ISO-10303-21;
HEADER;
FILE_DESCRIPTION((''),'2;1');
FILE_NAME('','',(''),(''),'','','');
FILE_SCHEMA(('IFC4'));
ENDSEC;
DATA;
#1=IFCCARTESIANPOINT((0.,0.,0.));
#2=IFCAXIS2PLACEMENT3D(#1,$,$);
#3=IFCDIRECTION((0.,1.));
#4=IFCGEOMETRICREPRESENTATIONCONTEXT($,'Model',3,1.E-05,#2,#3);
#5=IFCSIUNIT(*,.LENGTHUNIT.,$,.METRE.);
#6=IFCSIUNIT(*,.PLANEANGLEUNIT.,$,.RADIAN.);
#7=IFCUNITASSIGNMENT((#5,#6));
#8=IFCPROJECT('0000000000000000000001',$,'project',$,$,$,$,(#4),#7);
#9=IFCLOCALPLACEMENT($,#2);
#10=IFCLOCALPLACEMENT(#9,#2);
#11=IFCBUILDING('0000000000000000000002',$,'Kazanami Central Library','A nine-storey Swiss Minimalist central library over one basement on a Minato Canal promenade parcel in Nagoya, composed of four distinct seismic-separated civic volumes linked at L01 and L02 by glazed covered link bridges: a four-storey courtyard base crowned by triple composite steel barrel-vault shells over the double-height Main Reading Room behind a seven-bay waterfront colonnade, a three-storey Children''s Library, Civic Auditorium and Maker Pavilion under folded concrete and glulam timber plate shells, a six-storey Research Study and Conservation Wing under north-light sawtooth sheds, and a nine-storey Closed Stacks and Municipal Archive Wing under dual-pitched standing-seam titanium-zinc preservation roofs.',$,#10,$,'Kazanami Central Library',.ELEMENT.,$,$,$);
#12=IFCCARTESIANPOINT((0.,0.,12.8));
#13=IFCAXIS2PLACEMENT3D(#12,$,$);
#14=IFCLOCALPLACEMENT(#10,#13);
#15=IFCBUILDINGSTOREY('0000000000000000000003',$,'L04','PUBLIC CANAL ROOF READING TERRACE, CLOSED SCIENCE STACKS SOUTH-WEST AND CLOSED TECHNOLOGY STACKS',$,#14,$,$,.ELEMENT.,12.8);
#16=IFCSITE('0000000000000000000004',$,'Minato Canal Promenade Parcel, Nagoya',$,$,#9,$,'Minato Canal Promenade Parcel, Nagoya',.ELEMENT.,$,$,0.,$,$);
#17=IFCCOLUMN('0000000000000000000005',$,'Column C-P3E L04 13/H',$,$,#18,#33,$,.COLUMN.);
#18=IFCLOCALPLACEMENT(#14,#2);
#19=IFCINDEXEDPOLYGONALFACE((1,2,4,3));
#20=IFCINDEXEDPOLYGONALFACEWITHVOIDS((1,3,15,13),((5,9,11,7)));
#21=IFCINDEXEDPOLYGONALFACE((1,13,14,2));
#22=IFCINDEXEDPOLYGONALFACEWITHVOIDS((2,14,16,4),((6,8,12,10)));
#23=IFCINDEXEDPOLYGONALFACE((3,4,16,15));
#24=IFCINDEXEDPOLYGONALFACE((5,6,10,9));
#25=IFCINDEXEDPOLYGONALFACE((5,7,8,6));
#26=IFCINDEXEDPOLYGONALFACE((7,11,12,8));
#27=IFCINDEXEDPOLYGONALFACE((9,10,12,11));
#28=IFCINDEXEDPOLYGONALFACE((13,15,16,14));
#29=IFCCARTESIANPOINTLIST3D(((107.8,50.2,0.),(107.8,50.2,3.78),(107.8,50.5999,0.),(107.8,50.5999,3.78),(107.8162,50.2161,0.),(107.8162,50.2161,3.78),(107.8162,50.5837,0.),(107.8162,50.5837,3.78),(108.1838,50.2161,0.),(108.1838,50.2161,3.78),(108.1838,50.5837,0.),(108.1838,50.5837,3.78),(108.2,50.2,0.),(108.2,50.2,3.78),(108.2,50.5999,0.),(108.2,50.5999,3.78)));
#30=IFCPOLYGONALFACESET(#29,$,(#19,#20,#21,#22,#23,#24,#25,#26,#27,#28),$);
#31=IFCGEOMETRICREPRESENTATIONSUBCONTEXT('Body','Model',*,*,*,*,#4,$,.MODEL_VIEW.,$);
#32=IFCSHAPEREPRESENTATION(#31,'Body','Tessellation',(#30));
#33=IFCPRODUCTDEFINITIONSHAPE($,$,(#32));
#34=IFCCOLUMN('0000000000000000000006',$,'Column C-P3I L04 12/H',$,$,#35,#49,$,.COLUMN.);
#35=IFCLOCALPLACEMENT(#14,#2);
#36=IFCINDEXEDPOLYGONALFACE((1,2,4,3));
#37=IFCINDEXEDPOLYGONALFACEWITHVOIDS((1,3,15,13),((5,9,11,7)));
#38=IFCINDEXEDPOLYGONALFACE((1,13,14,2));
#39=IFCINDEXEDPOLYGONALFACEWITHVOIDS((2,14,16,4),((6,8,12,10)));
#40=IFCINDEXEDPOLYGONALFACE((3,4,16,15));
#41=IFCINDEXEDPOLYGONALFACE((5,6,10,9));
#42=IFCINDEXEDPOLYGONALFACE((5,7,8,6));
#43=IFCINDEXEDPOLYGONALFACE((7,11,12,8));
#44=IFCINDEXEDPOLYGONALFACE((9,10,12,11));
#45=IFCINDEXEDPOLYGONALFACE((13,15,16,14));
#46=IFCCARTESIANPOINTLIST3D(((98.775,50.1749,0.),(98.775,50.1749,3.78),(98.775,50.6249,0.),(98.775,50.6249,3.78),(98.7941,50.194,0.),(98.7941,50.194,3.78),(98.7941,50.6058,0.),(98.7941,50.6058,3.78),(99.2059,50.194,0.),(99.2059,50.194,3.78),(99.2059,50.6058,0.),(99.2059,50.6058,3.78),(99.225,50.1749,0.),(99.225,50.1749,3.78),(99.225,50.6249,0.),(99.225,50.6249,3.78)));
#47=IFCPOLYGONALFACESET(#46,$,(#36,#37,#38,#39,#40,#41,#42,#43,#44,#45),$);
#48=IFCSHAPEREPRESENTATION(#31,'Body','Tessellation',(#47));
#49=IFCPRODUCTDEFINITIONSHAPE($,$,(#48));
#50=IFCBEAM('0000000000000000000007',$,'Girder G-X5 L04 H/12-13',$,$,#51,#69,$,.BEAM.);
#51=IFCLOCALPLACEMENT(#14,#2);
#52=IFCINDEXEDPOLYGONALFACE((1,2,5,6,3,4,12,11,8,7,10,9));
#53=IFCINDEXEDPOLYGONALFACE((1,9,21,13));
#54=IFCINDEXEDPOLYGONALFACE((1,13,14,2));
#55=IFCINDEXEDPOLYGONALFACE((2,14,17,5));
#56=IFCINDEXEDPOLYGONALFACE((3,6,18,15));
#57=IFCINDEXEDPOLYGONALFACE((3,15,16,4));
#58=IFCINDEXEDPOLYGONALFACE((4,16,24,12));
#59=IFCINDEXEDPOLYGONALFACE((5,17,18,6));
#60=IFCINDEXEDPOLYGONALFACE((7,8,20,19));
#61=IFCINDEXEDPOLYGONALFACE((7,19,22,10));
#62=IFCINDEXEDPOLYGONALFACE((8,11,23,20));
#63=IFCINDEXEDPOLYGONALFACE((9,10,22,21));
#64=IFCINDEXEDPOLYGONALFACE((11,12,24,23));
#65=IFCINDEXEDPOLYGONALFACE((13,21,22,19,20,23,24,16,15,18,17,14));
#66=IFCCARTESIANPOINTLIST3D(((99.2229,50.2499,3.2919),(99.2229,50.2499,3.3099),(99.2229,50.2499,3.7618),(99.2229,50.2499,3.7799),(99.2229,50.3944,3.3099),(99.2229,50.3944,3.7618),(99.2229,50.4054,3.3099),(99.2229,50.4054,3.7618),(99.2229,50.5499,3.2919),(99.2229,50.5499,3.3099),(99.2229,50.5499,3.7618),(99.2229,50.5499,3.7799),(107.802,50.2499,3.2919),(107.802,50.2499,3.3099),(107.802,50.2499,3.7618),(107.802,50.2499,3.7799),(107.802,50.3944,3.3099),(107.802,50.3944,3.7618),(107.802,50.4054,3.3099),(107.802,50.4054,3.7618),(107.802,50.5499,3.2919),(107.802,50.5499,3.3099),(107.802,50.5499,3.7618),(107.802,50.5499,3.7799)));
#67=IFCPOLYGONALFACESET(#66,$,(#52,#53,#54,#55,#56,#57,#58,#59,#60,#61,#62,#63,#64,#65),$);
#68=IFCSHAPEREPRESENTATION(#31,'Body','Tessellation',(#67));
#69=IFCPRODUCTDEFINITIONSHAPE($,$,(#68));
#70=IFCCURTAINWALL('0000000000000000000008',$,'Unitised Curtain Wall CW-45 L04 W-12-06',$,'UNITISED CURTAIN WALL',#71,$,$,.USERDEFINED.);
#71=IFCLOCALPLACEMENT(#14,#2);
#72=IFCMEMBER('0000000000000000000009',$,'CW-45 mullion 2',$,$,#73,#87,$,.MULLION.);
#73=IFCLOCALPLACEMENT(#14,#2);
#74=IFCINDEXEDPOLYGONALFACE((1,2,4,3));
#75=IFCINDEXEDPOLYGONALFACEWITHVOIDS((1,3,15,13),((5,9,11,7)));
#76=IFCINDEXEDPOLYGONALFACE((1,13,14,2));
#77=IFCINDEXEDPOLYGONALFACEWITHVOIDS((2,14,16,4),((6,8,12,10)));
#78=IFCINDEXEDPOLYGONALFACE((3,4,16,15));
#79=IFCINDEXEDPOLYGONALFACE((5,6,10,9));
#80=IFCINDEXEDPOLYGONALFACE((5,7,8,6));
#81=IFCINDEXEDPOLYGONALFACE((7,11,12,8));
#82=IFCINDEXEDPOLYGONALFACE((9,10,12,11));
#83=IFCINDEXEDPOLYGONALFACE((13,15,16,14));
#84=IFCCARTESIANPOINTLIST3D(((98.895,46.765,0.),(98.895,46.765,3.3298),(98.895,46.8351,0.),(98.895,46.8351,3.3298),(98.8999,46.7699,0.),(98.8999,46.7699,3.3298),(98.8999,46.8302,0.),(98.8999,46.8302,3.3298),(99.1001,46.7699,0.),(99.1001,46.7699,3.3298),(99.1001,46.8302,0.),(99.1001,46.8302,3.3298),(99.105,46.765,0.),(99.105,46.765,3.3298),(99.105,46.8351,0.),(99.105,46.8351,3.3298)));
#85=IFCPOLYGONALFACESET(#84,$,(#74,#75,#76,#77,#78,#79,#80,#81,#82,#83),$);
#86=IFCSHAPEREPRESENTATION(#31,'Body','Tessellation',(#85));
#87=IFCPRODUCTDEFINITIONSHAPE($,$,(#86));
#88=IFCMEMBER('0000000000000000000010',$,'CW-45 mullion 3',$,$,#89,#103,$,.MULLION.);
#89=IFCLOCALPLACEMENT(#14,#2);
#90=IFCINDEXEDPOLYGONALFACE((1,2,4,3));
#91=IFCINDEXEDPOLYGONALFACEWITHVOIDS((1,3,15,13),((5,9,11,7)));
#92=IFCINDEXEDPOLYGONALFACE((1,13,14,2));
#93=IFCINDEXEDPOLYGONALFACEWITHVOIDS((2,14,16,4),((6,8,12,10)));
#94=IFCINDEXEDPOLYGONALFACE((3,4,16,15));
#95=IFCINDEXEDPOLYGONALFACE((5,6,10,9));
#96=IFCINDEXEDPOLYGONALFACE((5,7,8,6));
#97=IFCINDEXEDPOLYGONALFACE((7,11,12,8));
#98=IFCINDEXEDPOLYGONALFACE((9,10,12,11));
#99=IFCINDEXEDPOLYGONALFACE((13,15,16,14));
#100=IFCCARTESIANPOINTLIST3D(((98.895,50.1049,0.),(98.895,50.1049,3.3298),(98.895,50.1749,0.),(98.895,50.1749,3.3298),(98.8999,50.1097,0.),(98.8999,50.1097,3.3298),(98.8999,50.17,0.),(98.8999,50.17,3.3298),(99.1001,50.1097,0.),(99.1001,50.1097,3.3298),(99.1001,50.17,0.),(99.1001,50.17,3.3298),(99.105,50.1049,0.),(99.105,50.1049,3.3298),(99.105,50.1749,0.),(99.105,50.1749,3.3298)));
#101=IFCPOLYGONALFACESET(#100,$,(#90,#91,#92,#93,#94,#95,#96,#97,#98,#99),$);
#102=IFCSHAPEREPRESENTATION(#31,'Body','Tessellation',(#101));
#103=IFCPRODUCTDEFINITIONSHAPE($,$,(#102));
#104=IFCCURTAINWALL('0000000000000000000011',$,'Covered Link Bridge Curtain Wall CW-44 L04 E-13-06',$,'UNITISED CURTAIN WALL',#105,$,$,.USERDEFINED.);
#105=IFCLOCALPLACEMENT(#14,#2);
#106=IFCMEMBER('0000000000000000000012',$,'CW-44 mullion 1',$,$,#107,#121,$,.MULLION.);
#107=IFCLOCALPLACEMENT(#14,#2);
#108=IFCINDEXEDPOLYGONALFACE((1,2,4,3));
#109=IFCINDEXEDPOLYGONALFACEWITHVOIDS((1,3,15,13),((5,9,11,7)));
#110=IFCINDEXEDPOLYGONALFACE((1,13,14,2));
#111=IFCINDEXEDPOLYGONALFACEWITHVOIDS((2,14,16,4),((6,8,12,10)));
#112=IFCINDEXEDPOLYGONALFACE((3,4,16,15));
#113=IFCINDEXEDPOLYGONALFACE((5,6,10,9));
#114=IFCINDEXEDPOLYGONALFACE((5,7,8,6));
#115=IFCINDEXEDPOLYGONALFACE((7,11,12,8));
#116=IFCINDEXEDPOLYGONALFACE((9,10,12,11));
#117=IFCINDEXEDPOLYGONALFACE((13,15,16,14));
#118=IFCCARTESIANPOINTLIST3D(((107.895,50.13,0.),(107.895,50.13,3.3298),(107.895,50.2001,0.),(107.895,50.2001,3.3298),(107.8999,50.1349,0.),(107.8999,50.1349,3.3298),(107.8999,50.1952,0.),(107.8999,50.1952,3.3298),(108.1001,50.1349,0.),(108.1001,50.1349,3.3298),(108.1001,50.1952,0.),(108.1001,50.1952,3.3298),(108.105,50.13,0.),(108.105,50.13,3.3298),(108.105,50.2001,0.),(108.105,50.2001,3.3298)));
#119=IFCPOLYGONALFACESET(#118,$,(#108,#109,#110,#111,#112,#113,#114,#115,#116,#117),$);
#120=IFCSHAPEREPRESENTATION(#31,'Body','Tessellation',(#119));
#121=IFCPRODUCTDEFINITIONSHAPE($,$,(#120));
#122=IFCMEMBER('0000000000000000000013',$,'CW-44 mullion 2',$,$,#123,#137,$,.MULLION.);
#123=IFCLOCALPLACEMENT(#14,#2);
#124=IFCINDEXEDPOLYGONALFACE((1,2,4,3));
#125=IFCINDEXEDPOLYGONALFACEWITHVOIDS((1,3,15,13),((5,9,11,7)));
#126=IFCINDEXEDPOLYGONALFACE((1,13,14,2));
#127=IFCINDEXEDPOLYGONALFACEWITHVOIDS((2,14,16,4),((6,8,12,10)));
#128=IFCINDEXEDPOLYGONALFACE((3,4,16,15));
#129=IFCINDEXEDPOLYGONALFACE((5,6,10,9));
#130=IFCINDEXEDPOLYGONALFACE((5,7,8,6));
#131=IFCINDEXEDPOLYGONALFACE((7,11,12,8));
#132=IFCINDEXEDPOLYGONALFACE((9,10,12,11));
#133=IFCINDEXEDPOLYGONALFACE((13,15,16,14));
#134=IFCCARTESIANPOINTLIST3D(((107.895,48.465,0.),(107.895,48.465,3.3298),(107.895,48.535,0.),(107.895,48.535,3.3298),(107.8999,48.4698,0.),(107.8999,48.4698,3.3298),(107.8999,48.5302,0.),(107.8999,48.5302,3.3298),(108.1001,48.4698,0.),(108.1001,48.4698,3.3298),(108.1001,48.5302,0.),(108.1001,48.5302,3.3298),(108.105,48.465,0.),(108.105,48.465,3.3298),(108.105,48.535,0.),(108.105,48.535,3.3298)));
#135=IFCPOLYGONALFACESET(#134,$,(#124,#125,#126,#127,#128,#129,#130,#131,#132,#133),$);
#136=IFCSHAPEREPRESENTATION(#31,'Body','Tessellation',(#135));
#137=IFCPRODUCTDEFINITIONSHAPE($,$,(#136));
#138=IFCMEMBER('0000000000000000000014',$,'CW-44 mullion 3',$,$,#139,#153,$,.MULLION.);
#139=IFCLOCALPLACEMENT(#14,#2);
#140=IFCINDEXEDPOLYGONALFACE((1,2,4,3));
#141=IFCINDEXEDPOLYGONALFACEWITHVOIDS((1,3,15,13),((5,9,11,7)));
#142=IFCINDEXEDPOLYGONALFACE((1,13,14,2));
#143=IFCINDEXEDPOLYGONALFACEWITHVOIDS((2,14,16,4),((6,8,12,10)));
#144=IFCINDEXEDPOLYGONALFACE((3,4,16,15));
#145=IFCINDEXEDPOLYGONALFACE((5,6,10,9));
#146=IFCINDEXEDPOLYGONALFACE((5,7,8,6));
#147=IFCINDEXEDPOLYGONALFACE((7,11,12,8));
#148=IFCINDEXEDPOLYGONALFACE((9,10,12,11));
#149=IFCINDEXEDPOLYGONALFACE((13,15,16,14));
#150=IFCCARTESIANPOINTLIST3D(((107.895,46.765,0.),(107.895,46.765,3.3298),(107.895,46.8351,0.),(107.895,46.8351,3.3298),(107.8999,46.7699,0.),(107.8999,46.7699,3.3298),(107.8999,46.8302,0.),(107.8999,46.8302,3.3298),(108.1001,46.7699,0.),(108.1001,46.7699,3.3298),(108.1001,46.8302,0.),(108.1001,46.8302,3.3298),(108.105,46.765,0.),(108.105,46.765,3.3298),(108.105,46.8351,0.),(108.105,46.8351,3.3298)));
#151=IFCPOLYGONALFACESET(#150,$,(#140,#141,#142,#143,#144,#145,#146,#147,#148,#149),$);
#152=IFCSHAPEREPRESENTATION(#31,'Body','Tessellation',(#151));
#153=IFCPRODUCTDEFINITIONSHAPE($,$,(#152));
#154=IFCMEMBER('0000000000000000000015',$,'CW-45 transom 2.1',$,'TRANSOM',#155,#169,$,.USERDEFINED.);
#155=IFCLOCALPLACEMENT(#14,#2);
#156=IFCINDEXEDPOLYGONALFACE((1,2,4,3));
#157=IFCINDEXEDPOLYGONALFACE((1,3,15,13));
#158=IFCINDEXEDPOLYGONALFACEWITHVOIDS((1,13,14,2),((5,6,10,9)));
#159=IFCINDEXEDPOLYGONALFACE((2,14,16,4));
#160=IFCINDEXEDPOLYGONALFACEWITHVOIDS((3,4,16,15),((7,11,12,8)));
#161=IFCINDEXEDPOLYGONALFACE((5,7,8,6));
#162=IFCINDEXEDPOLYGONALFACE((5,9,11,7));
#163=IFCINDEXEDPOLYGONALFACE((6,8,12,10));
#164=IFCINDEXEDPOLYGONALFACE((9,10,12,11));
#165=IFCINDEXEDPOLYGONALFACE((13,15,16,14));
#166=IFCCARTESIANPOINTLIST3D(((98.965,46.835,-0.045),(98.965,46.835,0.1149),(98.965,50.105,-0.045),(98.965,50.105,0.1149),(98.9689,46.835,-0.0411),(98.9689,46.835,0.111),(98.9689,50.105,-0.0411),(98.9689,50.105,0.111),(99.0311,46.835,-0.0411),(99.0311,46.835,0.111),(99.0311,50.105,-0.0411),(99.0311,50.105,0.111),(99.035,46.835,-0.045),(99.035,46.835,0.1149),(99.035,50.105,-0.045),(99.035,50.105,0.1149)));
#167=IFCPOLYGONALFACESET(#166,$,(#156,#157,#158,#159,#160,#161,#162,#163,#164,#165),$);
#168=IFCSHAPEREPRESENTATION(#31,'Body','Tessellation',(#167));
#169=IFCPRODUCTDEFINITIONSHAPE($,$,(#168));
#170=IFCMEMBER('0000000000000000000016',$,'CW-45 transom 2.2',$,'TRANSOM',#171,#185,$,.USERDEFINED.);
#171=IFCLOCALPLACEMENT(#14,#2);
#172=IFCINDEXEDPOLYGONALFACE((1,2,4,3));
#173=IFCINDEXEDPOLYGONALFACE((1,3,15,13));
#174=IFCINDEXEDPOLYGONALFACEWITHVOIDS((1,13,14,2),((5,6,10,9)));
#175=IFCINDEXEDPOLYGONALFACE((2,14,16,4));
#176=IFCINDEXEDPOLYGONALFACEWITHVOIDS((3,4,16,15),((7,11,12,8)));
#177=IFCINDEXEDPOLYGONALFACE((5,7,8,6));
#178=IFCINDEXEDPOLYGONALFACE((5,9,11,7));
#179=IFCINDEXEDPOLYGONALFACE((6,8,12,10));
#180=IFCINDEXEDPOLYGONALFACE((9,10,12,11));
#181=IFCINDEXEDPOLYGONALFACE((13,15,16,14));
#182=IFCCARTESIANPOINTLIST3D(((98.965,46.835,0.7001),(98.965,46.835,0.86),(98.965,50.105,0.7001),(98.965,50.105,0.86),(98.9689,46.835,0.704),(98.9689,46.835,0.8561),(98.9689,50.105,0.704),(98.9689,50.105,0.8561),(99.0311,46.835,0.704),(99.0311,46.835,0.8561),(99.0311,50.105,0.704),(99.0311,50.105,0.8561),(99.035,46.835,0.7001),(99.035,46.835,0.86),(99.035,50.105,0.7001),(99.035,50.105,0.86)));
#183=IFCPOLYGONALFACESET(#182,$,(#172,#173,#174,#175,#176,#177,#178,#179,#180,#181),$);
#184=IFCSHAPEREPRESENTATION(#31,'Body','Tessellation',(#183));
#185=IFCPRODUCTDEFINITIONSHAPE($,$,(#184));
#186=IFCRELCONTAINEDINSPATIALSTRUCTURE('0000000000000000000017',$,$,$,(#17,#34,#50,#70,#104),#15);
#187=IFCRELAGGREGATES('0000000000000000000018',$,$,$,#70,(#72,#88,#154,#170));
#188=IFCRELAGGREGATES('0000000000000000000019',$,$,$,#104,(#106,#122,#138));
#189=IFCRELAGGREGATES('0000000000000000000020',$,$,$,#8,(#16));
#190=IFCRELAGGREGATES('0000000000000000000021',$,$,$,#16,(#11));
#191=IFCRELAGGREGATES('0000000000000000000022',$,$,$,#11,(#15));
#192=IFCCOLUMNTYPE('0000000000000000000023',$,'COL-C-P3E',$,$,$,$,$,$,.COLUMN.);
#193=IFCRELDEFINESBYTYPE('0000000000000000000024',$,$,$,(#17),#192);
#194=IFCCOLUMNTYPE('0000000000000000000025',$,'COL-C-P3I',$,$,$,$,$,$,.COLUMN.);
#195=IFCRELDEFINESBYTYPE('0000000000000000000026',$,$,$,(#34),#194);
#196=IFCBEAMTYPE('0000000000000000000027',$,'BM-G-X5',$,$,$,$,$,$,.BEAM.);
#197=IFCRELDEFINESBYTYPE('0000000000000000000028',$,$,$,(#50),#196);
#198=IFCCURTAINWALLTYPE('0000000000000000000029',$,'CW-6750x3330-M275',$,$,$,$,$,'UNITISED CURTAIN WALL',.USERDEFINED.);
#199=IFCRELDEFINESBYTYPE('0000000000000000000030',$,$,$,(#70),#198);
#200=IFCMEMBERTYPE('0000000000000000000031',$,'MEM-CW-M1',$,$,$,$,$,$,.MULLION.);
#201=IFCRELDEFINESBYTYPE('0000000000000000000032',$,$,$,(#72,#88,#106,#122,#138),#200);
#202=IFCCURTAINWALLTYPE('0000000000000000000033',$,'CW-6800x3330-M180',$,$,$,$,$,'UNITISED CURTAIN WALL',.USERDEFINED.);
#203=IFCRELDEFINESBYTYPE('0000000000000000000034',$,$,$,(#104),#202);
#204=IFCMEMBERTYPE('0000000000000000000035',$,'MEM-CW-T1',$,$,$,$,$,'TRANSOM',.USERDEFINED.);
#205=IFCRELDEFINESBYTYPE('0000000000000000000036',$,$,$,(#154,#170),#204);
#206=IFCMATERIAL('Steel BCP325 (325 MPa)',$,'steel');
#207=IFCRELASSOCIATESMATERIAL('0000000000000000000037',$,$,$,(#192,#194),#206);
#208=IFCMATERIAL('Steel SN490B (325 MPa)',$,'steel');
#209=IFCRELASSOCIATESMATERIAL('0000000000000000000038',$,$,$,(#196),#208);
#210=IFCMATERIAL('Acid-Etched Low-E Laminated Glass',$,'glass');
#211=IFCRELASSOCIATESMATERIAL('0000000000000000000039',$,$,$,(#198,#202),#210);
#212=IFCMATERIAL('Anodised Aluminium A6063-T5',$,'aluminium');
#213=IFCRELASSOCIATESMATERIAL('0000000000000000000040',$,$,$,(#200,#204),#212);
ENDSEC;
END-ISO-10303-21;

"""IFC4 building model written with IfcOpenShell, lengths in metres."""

from ifc_helpers import new_model, si_unit, direction, frame, origin, origin_2d, place, context, subcontext, project, spatial, hollow_rectangle, i_section, extrude, material, material_profile, profile_set, type_object, element, aggregate, save


model = new_model("IFC4")

# Units and contexts
model_context = context("Model", 3, precision=1e-05, world=origin(), true_north=direction((0.0, 1.0)))
body_context = subcontext(model_context, "Body", "Model", "MODEL_VIEW")
ifc_project = project(units=[si_unit("LENGTHUNIT", "METRE"), si_unit("PLANEANGLEUNIT", "RADIAN")], contexts=[model_context])

# Site, building, storey
site_placement = place(None, origin())
site = spatial("IfcSite", under=ifc_project, at=site_placement, Name="Minato Canal Promenade Parcel, Nagoya", LongName="Minato Canal Promenade Parcel, Nagoya", CompositionType="ELEMENT", RefElevation=0.0)
building_placement = place(site_placement, origin())
building = spatial("IfcBuilding", under=site, at=building_placement, Name="Kazanami Central Library", Description="A nine-storey Swiss Minimalist central library over one basement on a Minato Canal promenade parcel in Nagoya, composed of four distinct seismic-separated civic volumes linked at L01 and L02 by glazed covered link bridges: a four-storey courtyard base crowned by triple composite steel barrel-vault shells over the double-height Main Reading Room behind a seven-bay waterfront colonnade, a three-storey Children's Library, Civic Auditorium and Maker Pavilion under folded concrete and glulam timber plate shells, a six-storey Research Study and Conservation Wing under north-light sawtooth sheds, and a nine-storey Closed Stacks and Municipal Archive Wing under dual-pitched standing-seam titanium-zinc preservation roofs.", LongName="Kazanami Central Library", CompositionType="ELEMENT")
storey_placement = place(building_placement, frame((0.0, 0.0, 12.8)))
storey = spatial("IfcBuildingStorey", under=building, at=storey_placement, Name="L04", Description="PUBLIC CANAL ROOF READING TERRACE, CLOSED SCIENCE STACKS SOUTH-WEST AND CLOSED TECHNOLOGY STACKS", CompositionType="ELEMENT", Elevation=12.8)

# Columns
ifc_material_1 = material(Name="Steel BCP325 (325 MPa)", Category="steel")
ifc_material_profile_1 = material_profile(ifc_material_1, hollow_rectangle(XDim=0.3999, YDim=0.3999, WallThickness=0.0161, at=origin_2d()), Name="BCP-400x400x16")
ifc_profile_set_1 = profile_set([ifc_material_profile_1], Name="Steel BCP325 (325 MPa)")
column_type_1 = type_object("IfcColumnType", Name="COL-C-P3E", PredefinedType="COLUMN", material=ifc_profile_set_1)
column_1_placement = place(storey_placement, frame((108.0, 50.3999, 0.0), z_axis=(0.0, 0.0, 1.0), x_axis=(1.0, 0.0, 0.0)))
element("IfcColumn", 1, at=column_1_placement, inside=storey, type_object=column_type_1, Name="Column C-P3E L04 13/H", PredefinedType="COLUMN", context=body_context, shape_type="SweptSolid", body=[
    extrude(hollow_rectangle(XDim=0.3999, YDim=0.3999, WallThickness=0.0161, at=origin_2d()), origin(), (0.0, 0.0, 1.0), 3.78),
])
ifc_material_profile_2 = material_profile(ifc_material_1, hollow_rectangle(XDim=0.45, YDim=0.45, WallThickness=0.019, at=origin_2d()), Name="BCP-450x450x19")
ifc_profile_set_2 = profile_set([ifc_material_profile_2], Name="Steel BCP325 (325 MPa)")
column_type_2 = type_object("IfcColumnType", Name="COL-C-P3I", PredefinedType="COLUMN", material=ifc_profile_set_2)
column_2_placement = place(storey_placement, frame((99.0, 50.3999, 0.0), z_axis=(0.0, 0.0, 1.0), x_axis=(1.0, 0.0, 0.0)))
element("IfcColumn", 2, at=column_2_placement, inside=storey, type_object=column_type_2, Name="Column C-P3I L04 12/H", PredefinedType="COLUMN", context=body_context, shape_type="SweptSolid", body=[
    extrude(hollow_rectangle(XDim=0.45, YDim=0.45, WallThickness=0.019, at=origin_2d()), origin(), (0.0, 0.0, 1.0), 3.78),
])

# Beam
ifc_material_2 = material(Name="Steel SN490B (325 MPa)", Category="steel")
ifc_material_profile_3 = material_profile(ifc_material_2, i_section(OverallWidth=0.3, OverallDepth=0.488, WebThickness=0.011, FlangeThickness=0.0181, at=origin_2d()), Name="H-488x300x11x18")
ifc_profile_set_3 = profile_set([ifc_material_profile_3], Name="Steel SN490B (325 MPa)")
beam_type = type_object("IfcBeamType", Name="BM-G-X5", PredefinedType="BEAM", material=ifc_profile_set_3)
beam_placement = place(storey_placement, frame((99.2229, 50.3999, 3.5359), z_axis=(1.0, 0.0, 0.0), x_axis=(0.0, 1.0, 0.0)))
element("IfcBeam", 3, at=beam_placement, inside=storey, type_object=beam_type, Name="Girder G-X5 L04 H/12-13", PredefinedType="BEAM", context=body_context, shape_type="SweptSolid", body=[
    extrude(i_section(OverallWidth=0.3, OverallDepth=0.488, WebThickness=0.011, FlangeThickness=0.0181, at=origin_2d()), origin(), (0.0, 0.0, 1.0), 8.5791),
])

# Curtain walls, members
ifc_material_3 = material(Name="Acid-Etched Low-E Laminated Glass", Category="glass")
curtain_wall_type_1 = type_object("IfcCurtainWallType", Name="CW-6750x3330-M275", ElementType="UNITISED CURTAIN WALL", PredefinedType="USERDEFINED", material=ifc_material_3)
curtain_wall_1_placement = place(storey_placement, origin())
curtain_wall_1 = element("IfcCurtainWall", 4, at=curtain_wall_1_placement, inside=storey, type_object=curtain_wall_type_1, Name="Unitised Curtain Wall CW-45 L04 W-12-06", ObjectType="UNITISED CURTAIN WALL", PredefinedType="USERDEFINED")
ifc_material_4 = material(Name="Anodised Aluminium A6063-T5", Category="aluminium")
ifc_material_profile_4 = material_profile(ifc_material_4, hollow_rectangle(XDim=0.0701, YDim=0.21, WallThickness=0.0049, at=origin_2d()), Name="ALU-MULL-70x210x5")
ifc_profile_set_4 = profile_set([ifc_material_profile_4], Name="Anodised Aluminium A6063-T5")
member_type_1 = type_object("IfcMemberType", Name="MEM-CW-M1", PredefinedType="MULLION", material=ifc_profile_set_4)
member_1_placement = place(storey_placement, frame((99.0, 46.8, 0.0), z_axis=(0.0, 0.0, 1.0), x_axis=(0.0, 1.0, 0.0)))
member_1 = element("IfcMember", 5, at=member_1_placement, type_object=member_type_1, Name="CW-45 mullion 2", PredefinedType="MULLION", context=body_context, shape_type="SweptSolid", body=[
    extrude(hollow_rectangle(XDim=0.0701, YDim=0.21, WallThickness=0.0049, at=origin_2d()), origin(), (0.0, 0.0, 1.0), 3.3298),
])
member_2_placement = place(storey_placement, frame((99.0, 50.1399, 0.0), z_axis=(0.0, 0.0, 1.0), x_axis=(0.0, 1.0, 0.0)))
member_2 = element("IfcMember", 6, at=member_2_placement, type_object=member_type_1, Name="CW-45 mullion 3", PredefinedType="MULLION", context=body_context, shape_type="SweptSolid", body=[
    extrude(hollow_rectangle(XDim=0.0701, YDim=0.21, WallThickness=0.0049, at=origin_2d()), origin(), (0.0, 0.0, 1.0), 3.3298),
])
curtain_wall_type_2 = type_object("IfcCurtainWallType", Name="CW-6800x3330-M180", ElementType="UNITISED CURTAIN WALL", PredefinedType="USERDEFINED", material=ifc_material_3)
curtain_wall_2_placement = place(storey_placement, origin())
curtain_wall_2 = element("IfcCurtainWall", 7, at=curtain_wall_2_placement, inside=storey, type_object=curtain_wall_type_2, Name="Covered Link Bridge Curtain Wall CW-44 L04 E-13-06", ObjectType="UNITISED CURTAIN WALL", PredefinedType="USERDEFINED")
member_3_placement = place(storey_placement, frame((108.0, 50.165, 0.0), z_axis=(0.0, 0.0, 1.0), x_axis=(0.0, -1.0, 0.0)))
member_3 = element("IfcMember", 8, at=member_3_placement, type_object=member_type_1, Name="CW-44 mullion 1", PredefinedType="MULLION", context=body_context, shape_type="SweptSolid", body=[
    extrude(hollow_rectangle(XDim=0.0701, YDim=0.21, WallThickness=0.0049, at=origin_2d()), origin(), (0.0, 0.0, 1.0), 3.3298),
])
member_4_placement = place(storey_placement, frame((108.0, 48.5, 0.0), z_axis=(0.0, 0.0, 1.0), x_axis=(0.0, -1.0, 0.0)))
member_4 = element("IfcMember", 9, at=member_4_placement, type_object=member_type_1, Name="CW-44 mullion 2", PredefinedType="MULLION", context=body_context, shape_type="SweptSolid", body=[
    extrude(hollow_rectangle(XDim=0.0701, YDim=0.21, WallThickness=0.0049, at=origin_2d()), origin(), (0.0, 0.0, 1.0), 3.3298),
])
member_5_placement = place(storey_placement, frame((108.0, 46.8, 0.0), z_axis=(0.0, 0.0, 1.0), x_axis=(0.0, -1.0, 0.0)))
member_5 = element("IfcMember", 10, at=member_5_placement, type_object=member_type_1, Name="CW-44 mullion 3", PredefinedType="MULLION", context=body_context, shape_type="SweptSolid", body=[
    extrude(hollow_rectangle(XDim=0.0701, YDim=0.21, WallThickness=0.0049, at=origin_2d()), origin(), (0.0, 0.0, 1.0), 3.3298),
])

# Members
ifc_material_profile_5 = material_profile(ifc_material_4, hollow_rectangle(XDim=0.0701, YDim=0.1599, WallThickness=0.0039, at=origin_2d()), Name="ALU-TRAN-70x160x4")
ifc_profile_set_5 = profile_set([ifc_material_profile_5], Name="Anodised Aluminium A6063-T5")
member_type_2 = type_object("IfcMemberType", Name="MEM-CW-T1", ElementType="TRANSOM", PredefinedType="USERDEFINED", material=ifc_profile_set_5)
member_6_placement = place(storey_placement, frame((99.0, 46.835, 0.0349), z_axis=(0.0, 1.0, 0.0), x_axis=(-1.0, 0.0, 0.0)))
member_6 = element("IfcMember", 11, at=member_6_placement, type_object=member_type_2, Name="CW-45 transom 2.1", ObjectType="TRANSOM", PredefinedType="USERDEFINED", context=body_context, shape_type="SweptSolid", body=[
    extrude(hollow_rectangle(XDim=0.0701, YDim=0.1599, WallThickness=0.0039, at=origin_2d()), origin(), (0.0, 0.0, 1.0), 3.27),
])
member_7_placement = place(storey_placement, frame((99.0, 46.835, 0.78), z_axis=(0.0, 1.0, 0.0), x_axis=(-1.0, 0.0, 0.0)))
member_7 = element("IfcMember", 12, at=member_7_placement, type_object=member_type_2, Name="CW-45 transom 2.2", ObjectType="TRANSOM", PredefinedType="USERDEFINED", context=body_context, shape_type="SweptSolid", body=[
    extrude(hollow_rectangle(XDim=0.0701, YDim=0.1599, WallThickness=0.0039, at=origin_2d()), origin(), (0.0, 0.0, 1.0), 3.27),
])

aggregate(curtain_wall_1, [member_1, member_2, member_6, member_7])
aggregate(curtain_wall_2, [member_3, member_4, member_5])

save(model, "model.ifc")
